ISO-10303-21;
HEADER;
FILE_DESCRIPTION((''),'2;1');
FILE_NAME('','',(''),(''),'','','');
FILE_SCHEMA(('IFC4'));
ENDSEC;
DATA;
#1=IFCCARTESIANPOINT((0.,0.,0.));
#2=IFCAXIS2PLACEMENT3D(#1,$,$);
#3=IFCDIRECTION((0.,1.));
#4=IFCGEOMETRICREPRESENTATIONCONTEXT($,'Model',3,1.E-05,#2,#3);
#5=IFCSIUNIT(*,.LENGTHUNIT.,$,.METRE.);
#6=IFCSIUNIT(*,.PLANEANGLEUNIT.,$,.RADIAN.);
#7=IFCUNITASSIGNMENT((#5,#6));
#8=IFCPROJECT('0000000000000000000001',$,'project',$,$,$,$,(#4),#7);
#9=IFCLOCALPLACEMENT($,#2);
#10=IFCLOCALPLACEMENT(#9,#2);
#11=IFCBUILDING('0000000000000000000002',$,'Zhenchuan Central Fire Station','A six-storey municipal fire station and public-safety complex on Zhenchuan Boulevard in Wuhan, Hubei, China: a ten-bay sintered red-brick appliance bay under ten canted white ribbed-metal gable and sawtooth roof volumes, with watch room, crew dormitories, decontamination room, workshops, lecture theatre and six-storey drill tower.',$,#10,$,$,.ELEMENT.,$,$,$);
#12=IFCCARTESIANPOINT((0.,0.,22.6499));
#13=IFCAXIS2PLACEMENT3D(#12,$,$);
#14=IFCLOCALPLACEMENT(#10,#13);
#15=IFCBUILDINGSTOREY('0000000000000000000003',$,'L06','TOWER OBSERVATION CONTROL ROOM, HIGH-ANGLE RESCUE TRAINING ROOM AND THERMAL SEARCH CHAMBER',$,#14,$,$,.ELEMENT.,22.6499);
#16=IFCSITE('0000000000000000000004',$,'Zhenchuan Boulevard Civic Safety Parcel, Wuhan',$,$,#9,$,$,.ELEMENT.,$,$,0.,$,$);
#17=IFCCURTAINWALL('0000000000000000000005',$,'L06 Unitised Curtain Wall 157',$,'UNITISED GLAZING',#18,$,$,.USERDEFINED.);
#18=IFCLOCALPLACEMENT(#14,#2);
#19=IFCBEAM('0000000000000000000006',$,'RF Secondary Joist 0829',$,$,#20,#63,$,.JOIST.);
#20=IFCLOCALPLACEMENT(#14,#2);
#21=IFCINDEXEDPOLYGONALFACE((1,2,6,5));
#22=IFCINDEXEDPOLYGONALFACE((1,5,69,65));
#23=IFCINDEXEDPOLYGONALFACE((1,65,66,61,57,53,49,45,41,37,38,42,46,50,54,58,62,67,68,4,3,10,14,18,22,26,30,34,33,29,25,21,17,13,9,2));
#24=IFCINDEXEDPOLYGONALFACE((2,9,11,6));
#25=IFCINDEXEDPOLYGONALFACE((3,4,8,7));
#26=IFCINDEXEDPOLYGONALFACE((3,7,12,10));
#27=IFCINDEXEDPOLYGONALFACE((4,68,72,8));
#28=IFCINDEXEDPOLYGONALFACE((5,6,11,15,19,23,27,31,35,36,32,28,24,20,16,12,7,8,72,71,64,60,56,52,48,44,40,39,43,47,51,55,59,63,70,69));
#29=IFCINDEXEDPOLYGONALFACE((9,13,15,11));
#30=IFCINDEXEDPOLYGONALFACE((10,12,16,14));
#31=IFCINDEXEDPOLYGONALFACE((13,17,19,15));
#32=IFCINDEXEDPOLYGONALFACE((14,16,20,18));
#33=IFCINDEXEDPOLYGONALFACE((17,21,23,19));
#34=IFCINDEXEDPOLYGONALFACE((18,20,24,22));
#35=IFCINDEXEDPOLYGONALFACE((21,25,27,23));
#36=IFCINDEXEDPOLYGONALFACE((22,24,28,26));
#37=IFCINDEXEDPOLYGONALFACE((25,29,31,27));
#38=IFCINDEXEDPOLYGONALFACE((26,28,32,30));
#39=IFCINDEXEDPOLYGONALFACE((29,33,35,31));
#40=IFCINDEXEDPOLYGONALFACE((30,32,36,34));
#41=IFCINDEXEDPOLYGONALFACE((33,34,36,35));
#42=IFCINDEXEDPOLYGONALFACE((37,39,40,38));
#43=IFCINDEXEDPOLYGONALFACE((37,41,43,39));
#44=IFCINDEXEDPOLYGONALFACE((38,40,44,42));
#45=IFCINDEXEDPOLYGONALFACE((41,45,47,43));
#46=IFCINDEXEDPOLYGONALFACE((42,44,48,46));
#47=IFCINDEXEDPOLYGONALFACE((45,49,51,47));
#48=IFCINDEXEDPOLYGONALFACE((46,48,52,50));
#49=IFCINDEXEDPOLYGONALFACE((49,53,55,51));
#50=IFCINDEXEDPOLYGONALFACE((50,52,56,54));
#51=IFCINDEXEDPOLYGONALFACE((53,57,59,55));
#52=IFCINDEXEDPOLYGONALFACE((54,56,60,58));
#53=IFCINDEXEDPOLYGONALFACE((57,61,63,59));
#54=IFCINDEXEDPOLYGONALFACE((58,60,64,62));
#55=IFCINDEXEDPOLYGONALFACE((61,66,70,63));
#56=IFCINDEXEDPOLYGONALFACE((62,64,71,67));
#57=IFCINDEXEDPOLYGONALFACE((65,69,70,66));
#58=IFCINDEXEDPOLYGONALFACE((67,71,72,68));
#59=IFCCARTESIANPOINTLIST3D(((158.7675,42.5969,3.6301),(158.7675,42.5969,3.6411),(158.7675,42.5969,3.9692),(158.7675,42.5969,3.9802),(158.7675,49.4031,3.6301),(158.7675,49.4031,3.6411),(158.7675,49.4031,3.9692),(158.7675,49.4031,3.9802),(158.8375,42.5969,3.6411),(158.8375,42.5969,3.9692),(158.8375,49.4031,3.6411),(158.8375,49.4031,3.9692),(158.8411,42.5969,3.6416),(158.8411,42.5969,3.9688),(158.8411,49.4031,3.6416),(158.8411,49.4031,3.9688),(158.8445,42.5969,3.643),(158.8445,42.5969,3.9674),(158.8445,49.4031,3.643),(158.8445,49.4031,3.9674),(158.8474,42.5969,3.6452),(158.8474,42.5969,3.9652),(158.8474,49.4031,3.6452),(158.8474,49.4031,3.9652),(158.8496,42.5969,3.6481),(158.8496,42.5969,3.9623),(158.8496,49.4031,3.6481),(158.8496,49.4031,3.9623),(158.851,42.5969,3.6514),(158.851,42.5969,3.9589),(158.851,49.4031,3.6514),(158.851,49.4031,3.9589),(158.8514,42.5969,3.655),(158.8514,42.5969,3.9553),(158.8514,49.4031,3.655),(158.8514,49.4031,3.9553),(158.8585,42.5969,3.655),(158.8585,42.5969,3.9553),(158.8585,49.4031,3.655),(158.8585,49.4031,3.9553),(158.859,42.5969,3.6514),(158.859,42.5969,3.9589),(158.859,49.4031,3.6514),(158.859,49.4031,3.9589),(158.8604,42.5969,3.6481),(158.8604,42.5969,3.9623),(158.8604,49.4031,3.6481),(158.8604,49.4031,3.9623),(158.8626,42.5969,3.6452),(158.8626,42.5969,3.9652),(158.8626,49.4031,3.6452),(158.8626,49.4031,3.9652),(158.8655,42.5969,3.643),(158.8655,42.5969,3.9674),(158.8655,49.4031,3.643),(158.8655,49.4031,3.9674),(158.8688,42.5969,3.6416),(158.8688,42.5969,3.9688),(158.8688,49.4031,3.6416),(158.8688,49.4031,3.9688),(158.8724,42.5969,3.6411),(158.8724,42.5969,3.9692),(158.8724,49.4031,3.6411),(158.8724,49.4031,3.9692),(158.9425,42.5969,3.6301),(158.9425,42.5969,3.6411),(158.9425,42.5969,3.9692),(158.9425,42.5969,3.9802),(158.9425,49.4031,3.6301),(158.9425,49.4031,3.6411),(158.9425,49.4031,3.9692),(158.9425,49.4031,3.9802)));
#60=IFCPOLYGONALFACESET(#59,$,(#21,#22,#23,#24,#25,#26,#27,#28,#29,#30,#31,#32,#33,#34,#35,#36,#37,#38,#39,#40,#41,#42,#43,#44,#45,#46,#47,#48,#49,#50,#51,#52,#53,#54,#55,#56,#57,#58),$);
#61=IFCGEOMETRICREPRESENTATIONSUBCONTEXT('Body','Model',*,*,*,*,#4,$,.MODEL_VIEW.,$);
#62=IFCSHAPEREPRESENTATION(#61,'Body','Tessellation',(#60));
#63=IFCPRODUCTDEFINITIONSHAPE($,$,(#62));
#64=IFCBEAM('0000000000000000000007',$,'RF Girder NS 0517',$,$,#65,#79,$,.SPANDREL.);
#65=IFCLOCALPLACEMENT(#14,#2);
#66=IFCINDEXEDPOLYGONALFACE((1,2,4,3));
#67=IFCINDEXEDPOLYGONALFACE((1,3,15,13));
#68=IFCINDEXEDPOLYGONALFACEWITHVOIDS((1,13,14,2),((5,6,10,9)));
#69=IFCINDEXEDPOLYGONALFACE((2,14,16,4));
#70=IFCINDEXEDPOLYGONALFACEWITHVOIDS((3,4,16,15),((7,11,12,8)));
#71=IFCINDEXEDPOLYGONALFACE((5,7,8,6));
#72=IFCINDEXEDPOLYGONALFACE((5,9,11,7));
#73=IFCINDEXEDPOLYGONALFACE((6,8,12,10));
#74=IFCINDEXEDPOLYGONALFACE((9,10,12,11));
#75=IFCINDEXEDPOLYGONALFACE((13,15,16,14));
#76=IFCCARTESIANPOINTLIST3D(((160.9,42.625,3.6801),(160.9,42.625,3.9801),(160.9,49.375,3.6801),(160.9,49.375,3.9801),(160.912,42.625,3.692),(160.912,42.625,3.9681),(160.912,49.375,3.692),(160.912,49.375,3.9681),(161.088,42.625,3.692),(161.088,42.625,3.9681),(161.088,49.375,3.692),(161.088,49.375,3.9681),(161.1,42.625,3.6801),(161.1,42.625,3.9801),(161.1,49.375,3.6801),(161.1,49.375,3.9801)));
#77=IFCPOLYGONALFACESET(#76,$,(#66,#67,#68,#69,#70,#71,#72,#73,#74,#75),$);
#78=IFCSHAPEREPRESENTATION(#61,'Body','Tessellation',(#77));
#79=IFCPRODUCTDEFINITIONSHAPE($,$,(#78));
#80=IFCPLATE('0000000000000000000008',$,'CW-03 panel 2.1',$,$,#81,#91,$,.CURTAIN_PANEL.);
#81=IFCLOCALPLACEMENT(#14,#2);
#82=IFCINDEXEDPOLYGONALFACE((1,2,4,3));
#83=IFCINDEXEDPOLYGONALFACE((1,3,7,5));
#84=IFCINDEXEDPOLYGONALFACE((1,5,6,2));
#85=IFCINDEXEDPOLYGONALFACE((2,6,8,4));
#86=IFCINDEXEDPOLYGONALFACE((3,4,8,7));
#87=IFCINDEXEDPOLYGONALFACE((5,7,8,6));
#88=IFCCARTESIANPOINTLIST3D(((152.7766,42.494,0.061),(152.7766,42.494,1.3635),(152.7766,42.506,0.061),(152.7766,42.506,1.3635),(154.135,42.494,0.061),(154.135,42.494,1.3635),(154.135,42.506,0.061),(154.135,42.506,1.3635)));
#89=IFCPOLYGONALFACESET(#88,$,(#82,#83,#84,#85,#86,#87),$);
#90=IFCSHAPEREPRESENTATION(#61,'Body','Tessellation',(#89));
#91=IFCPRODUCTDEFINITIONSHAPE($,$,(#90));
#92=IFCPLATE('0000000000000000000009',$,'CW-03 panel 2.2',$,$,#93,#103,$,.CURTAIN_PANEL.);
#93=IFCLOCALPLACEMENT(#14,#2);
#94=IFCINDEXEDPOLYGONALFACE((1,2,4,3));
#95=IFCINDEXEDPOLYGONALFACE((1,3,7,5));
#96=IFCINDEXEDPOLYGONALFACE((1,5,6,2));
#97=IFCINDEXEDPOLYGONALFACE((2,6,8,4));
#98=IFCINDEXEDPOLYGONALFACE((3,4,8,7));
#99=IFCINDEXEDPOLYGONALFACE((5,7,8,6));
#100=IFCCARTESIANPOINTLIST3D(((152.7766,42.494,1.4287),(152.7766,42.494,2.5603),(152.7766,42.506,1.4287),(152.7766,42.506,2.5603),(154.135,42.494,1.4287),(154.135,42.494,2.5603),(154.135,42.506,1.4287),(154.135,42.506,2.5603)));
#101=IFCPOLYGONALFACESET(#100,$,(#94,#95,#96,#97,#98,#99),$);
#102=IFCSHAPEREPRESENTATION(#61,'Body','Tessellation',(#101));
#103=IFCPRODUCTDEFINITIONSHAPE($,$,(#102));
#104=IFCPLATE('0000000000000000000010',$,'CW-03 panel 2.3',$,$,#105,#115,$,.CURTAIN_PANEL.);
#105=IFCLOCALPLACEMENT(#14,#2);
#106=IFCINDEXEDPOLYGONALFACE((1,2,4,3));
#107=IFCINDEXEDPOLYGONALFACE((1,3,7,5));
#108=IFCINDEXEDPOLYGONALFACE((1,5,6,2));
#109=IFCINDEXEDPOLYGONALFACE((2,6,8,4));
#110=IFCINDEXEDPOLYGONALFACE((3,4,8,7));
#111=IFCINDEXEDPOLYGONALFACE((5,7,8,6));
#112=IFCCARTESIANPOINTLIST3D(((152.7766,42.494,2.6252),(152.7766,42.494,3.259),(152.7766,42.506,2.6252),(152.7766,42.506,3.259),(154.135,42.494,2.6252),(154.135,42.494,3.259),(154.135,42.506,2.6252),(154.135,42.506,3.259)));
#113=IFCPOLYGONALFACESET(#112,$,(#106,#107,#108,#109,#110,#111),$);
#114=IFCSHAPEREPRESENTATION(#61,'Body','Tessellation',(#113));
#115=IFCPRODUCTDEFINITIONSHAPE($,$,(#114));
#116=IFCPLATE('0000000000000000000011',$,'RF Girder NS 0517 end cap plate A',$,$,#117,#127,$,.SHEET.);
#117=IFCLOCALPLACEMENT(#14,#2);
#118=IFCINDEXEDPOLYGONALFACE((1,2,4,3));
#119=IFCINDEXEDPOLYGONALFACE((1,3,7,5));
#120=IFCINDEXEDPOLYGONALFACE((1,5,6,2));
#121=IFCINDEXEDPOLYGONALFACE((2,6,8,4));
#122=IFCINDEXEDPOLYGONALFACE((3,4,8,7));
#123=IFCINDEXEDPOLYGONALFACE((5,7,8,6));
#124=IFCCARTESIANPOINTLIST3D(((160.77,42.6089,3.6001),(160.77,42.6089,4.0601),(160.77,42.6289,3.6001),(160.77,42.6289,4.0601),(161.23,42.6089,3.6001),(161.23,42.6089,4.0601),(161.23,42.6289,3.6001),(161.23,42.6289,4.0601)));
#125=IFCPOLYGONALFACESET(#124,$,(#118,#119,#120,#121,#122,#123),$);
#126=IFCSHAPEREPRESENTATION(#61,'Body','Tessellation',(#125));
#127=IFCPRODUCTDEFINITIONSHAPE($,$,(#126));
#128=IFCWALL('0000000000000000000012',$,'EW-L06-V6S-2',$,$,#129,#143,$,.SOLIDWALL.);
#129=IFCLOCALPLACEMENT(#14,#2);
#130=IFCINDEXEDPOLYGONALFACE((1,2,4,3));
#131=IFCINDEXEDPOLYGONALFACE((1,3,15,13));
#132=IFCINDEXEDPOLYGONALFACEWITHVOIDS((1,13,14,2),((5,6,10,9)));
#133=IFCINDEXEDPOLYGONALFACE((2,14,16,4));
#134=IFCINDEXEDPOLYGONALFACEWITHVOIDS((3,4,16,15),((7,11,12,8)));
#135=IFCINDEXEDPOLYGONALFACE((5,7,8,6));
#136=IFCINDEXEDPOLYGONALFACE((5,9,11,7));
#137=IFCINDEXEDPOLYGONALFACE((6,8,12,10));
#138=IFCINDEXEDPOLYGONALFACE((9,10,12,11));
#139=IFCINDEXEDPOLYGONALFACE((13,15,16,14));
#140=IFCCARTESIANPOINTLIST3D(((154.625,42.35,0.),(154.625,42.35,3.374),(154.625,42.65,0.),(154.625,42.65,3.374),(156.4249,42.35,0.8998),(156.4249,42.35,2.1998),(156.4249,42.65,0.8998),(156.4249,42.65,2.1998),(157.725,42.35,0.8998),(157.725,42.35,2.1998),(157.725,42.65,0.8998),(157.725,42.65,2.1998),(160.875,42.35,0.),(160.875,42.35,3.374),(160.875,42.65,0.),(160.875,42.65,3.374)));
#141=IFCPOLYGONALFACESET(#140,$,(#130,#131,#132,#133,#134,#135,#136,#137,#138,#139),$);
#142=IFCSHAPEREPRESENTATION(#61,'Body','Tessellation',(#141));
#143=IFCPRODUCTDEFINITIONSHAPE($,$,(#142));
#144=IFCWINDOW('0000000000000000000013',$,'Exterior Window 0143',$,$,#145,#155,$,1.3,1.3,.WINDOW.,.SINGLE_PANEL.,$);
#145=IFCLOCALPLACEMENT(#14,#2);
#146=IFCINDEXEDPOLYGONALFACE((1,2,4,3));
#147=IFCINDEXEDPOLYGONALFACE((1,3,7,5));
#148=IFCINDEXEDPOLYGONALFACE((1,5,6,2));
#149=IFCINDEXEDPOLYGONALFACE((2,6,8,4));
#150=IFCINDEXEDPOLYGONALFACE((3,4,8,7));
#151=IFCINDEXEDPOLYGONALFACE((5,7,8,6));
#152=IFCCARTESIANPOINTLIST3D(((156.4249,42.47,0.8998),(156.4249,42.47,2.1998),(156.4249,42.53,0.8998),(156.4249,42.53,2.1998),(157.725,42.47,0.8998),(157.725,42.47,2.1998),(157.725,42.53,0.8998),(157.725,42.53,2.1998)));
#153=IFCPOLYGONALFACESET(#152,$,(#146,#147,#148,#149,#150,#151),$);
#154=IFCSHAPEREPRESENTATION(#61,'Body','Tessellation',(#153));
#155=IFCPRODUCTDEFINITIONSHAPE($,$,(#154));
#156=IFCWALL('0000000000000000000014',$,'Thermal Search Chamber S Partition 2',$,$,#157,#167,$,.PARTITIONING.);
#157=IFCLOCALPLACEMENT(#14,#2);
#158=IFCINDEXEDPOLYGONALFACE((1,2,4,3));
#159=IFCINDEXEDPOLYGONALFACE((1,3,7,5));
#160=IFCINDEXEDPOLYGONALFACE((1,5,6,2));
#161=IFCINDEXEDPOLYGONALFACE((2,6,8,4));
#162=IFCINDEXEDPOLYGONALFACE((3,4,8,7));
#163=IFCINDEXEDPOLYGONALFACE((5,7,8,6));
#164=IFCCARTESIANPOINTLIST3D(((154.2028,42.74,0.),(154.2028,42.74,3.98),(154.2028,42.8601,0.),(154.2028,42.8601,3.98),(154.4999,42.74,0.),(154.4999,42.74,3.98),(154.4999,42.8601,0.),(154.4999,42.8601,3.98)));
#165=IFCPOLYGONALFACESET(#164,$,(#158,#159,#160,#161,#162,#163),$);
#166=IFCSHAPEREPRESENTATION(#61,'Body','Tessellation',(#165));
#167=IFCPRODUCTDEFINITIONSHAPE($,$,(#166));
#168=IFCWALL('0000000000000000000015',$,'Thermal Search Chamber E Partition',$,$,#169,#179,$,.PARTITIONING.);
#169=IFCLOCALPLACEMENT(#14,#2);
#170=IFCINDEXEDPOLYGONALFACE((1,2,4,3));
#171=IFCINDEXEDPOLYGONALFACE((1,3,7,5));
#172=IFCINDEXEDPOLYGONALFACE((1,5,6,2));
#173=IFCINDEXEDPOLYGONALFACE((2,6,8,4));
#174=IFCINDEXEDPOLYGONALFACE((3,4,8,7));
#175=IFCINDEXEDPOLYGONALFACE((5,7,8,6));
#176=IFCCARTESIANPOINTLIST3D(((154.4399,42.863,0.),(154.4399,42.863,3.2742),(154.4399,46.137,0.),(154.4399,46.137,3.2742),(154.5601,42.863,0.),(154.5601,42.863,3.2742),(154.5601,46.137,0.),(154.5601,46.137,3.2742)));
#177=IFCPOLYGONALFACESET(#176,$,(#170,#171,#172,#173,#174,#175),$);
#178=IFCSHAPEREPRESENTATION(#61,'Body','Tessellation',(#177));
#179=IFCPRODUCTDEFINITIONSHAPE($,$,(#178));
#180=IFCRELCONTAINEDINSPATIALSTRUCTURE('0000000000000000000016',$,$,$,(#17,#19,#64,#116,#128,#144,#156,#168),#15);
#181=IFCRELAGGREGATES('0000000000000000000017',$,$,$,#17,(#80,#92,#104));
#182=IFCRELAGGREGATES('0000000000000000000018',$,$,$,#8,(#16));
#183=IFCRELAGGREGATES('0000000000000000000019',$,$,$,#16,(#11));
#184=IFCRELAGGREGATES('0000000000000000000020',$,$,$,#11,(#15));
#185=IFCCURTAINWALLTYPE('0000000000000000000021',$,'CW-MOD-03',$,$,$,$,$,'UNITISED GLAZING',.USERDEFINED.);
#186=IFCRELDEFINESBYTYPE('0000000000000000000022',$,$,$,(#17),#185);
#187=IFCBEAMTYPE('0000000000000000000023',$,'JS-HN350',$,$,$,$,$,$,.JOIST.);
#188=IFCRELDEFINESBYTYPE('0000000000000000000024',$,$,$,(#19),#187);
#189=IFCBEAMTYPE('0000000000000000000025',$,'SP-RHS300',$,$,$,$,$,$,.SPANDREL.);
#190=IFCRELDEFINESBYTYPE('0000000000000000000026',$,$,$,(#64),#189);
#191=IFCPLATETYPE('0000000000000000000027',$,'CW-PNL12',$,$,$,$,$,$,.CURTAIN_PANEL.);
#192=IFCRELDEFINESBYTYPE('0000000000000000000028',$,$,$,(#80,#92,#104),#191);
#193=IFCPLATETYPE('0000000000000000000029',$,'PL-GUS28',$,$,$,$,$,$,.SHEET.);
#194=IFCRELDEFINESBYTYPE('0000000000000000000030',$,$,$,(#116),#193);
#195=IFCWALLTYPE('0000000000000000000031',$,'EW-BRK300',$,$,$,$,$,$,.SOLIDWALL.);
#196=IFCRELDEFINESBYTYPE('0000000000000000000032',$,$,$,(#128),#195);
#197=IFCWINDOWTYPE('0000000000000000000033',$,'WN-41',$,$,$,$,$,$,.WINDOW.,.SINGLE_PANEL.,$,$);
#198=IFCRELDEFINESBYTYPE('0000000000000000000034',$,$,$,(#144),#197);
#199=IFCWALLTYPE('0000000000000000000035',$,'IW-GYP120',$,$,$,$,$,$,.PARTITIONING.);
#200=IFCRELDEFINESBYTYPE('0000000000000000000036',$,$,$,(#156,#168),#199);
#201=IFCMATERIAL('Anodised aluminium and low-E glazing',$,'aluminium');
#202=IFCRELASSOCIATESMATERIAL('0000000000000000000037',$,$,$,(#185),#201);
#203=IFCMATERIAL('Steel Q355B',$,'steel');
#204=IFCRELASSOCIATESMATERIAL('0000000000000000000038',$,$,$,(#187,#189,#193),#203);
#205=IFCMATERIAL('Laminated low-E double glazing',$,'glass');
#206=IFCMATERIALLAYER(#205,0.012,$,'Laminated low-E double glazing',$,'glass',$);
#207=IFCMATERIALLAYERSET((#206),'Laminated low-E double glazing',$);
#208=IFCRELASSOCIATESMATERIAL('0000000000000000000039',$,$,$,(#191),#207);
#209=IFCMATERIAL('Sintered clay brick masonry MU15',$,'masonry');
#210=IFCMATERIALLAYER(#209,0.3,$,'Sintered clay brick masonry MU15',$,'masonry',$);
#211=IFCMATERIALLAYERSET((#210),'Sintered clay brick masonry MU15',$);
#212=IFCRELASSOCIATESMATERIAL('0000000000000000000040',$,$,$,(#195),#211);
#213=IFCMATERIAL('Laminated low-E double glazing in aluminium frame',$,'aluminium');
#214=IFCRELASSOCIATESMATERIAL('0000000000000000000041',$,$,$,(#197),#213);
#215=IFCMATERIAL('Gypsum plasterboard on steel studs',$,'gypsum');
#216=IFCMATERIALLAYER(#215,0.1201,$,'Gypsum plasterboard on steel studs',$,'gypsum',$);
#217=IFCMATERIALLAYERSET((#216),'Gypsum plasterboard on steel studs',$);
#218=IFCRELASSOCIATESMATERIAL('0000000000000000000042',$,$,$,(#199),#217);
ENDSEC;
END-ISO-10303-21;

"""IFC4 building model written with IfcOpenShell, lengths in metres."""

from ifc_helpers import new_model, si_unit, direction, frame, frame_2d, origin, origin_2d, place, context, subcontext, project, spatial, rectangle, hollow_rectangle, i_section, extrude, material, layer, layer_set, material_profile, profile_set, type_object, element, fill, aggregate, save


model = new_model("IFC4")

# Units and contexts
model_context = context("Model", 3, precision=1e-05, world=origin(), true_north=direction((0.0, 1.0)))
body_context = subcontext(model_context, "Body", "Model", "MODEL_VIEW")
ifc_project = project(units=[si_unit("LENGTHUNIT", "METRE"), si_unit("PLANEANGLEUNIT", "RADIAN")], contexts=[model_context])

# Site, building, storey
site_placement = place(None, origin())
site = spatial("IfcSite", under=ifc_project, at=site_placement, Name="Zhenchuan Boulevard Civic Safety Parcel, Wuhan", CompositionType="ELEMENT", RefElevation=0.0)
building_placement = place(site_placement, origin())
building = spatial("IfcBuilding", under=site, at=building_placement, Name="Zhenchuan Central Fire Station", Description="A six-storey municipal fire station and public-safety complex on Zhenchuan Boulevard in Wuhan, Hubei, China: a ten-bay sintered red-brick appliance bay under ten canted white ribbed-metal gable and sawtooth roof volumes, with watch room, crew dormitories, decontamination room, workshops, lecture theatre and six-storey drill tower.", CompositionType="ELEMENT")
storey_placement = place(building_placement, frame((0.0, 0.0, 22.6499)))
storey = spatial("IfcBuildingStorey", under=building, at=storey_placement, Name="L06", Description="TOWER OBSERVATION CONTROL ROOM, HIGH-ANGLE RESCUE TRAINING ROOM AND THERMAL SEARCH CHAMBER", CompositionType="ELEMENT", Elevation=22.6499)

# Shared definitions
ifc_material_1 = material(Name="Steel Q355B", Category="steel")

# Curtain wall
ifc_material_2 = material(Name="Anodised aluminium and low-E glazing", Category="aluminium")
curtain_wall_type_1 = type_object("IfcCurtainWallType", Name="CW-MOD-03", ElementType="UNITISED GLAZING", PredefinedType="USERDEFINED", material=ifc_material_2)
curtain_wall_1_placement = place(storey_placement, origin())
curtain_wall_1 = element("IfcCurtainWall", 1, at=curtain_wall_1_placement, inside=storey, type_object=curtain_wall_type_1, Name="L06 Unitised Curtain Wall 157", ObjectType="UNITISED GLAZING", PredefinedType="USERDEFINED")

# Beams
ifc_material_profile_1 = material_profile(ifc_material_1, i_section(OverallWidth=0.175, OverallDepth=0.3501, WebThickness=0.0071, FlangeThickness=0.011, FilletRadius=0.0139, at=origin_2d()), Name="HN 350x175")
ifc_profile_set_1 = profile_set([ifc_material_profile_1], Name="Steel Q355B")
beam_type_1 = type_object("IfcBeamType", Name="JS-HN350", PredefinedType="JOIST", material=ifc_profile_set_1)
beam_1_placement = place(storey_placement, frame((158.855, 42.5969, 3.8052), z_axis=(0.0, 1.0, 0.0), x_axis=(-1.0, 0.0, 0.0)))
element("IfcBeam", 2, at=beam_1_placement, inside=storey, type_object=beam_type_1, Name="RF Secondary Joist 0829", PredefinedType="JOIST", context=body_context, shape_type="SweptSolid", body=[
    extrude(i_section(OverallWidth=0.175, OverallDepth=0.3501, WebThickness=0.0071, FlangeThickness=0.011, FilletRadius=0.0139, at=origin_2d()), origin(), (0.0, 0.0, 1.0), 6.8062),
])
ifc_material_profile_2 = material_profile(ifc_material_1, hollow_rectangle(XDim=0.2, YDim=0.3, WallThickness=0.012, at=origin_2d()), Name="RHS 300x200x12")
ifc_profile_set_2 = profile_set([ifc_material_profile_2], Name="Steel Q355B")
beam_type_2 = type_object("IfcBeamType", Name="SP-RHS300", PredefinedType="SPANDREL", material=ifc_profile_set_2)
beam_2_placement = place(storey_placement, frame((161.0, 42.625, 3.8301), z_axis=(0.0, 1.0, 0.0), x_axis=(-1.0, 0.0, 0.0)))
element("IfcBeam", 3, at=beam_2_placement, inside=storey, type_object=beam_type_2, Name="RF Girder NS 0517", PredefinedType="SPANDREL", context=body_context, shape_type="SweptSolid", body=[
    extrude(hollow_rectangle(XDim=0.2, YDim=0.3, WallThickness=0.012, at=origin_2d()), origin(), (0.0, 0.0, 1.0), 6.75),
])

# Plates
ifc_material_3 = material(Name="Laminated low-E double glazing", Category="glass")
ifc_layer_1 = layer(ifc_material_3, 0.012, Name="Laminated low-E double glazing", Category="glass")
ifc_layer_set_1 = layer_set([ifc_layer_1], Name="Laminated low-E double glazing")
plate_type_1 = type_object("IfcPlateType", Name="CW-PNL12", PredefinedType="CURTAIN_PANEL", material=ifc_layer_set_1)
plate_1_placement = place(storey_placement, frame((153.4558, 42.5, 0.061), z_axis=(0.0, 0.0, 1.0), x_axis=(1.0, 0.0, 0.0)))
plate_1 = element("IfcPlate", 4, at=plate_1_placement, type_object=plate_type_1, Name="CW-03 panel 2.1", PredefinedType="CURTAIN_PANEL", context=body_context, shape_type="SweptSolid", body=[
    extrude(rectangle(XDim=1.3584, YDim=0.012, at=origin_2d()), origin(), (0.0, 0.0, 1.0), 1.3025),
])
plate_2_placement = place(storey_placement, frame((153.4558, 42.5, 1.4287), z_axis=(0.0, 0.0, 1.0), x_axis=(1.0, 0.0, 0.0)))
plate_2 = element("IfcPlate", 5, at=plate_2_placement, type_object=plate_type_1, Name="CW-03 panel 2.2", PredefinedType="CURTAIN_PANEL", context=body_context, shape_type="SweptSolid", body=[
    extrude(rectangle(XDim=1.3584, YDim=0.012, at=origin_2d()), origin(), (0.0, 0.0, 1.0), 1.1316),
])
plate_3_placement = place(storey_placement, frame((153.4558, 42.5, 2.6252), z_axis=(0.0, 0.0, 1.0), x_axis=(1.0, 0.0, 0.0)))
plate_3 = element("IfcPlate", 6, at=plate_3_placement, type_object=plate_type_1, Name="CW-03 panel 2.3", PredefinedType="CURTAIN_PANEL", context=body_context, shape_type="SweptSolid", body=[
    extrude(rectangle(XDim=1.3584, YDim=0.012, at=origin_2d()), origin(), (0.0, 0.0, 1.0), 0.6338),
])
aggregate(curtain_wall_1, [plate_1, plate_2, plate_3])
ifc_material_profile_3 = material_profile(ifc_material_1, rectangle(XDim=0.46, YDim=0.46, at=origin_2d()), Name="PL 460x460x28")
ifc_profile_set_3 = profile_set([ifc_material_profile_3], Name="Steel Q355B")
plate_type_2 = type_object("IfcPlateType", Name="PL-GUS28", PredefinedType="SHEET", material=ifc_profile_set_3)
plate_4_placement = place(storey_placement, frame((161.0, 42.6089, 3.8301), z_axis=(0.0, 1.0, 0.0), x_axis=(-1.0, 0.0, 0.0)))
element("IfcPlate", 7, at=plate_4_placement, inside=storey, type_object=plate_type_2, Name="RF Girder NS 0517 end cap plate A", PredefinedType="SHEET", context=body_context, shape_type="SweptSolid", body=[
    extrude(rectangle(XDim=0.46, YDim=0.46, at=origin_2d()), origin(), (0.0, 0.0, 1.0), 0.02),
])

# Wall, opening, window
ifc_material_4 = material(Name="Sintered clay brick masonry MU15", Category="masonry")
ifc_layer_2 = layer(ifc_material_4, 0.3, Name="Sintered clay brick masonry MU15", Category="masonry")
ifc_layer_set_2 = layer_set([ifc_layer_2], Name="Sintered clay brick masonry MU15")
wall_type_1 = type_object("IfcWallType", Name="EW-BRK300", PredefinedType="SOLIDWALL", material=ifc_layer_set_2)
wall_1_placement = place(storey_placement, frame((154.625, 42.5, 0.0), z_axis=(0.0, 0.0, 1.0), x_axis=(1.0, 0.0, 0.0)))
wall_1 = element("IfcWall", 8, at=wall_1_placement, inside=storey, type_object=wall_type_1, Name="EW-L06-V6S-2", PredefinedType="SOLIDWALL", context=body_context, shape_type="SweptSolid", body=[
    extrude(rectangle(XDim=6.25, YDim=0.3, at=frame_2d((3.125, 0.0))), origin(), (0.0, 0.0, 1.0), 3.374),
])
opening_placement = place(wall_1_placement, frame((1.8, 0.0, 0.8999)))
opening = element("IfcOpeningElement", 9, at=opening_placement, cuts=wall_1, PredefinedType="OPENING", context=body_context, shape_type="SweptSolid", body=[
    extrude(rectangle(XDim=1.3, YDim=1.3, at=frame_2d((0.6499, 0.6499))), frame((0.0, 0.1599, 0.0), z_axis=(0.0, -1.0, 0.0), x_axis=(1.0, 0.0, 0.0)), (0.0, 0.0, 1.0), 0.3201),
])
ifc_material_5 = material(Name="Laminated low-E double glazing in aluminium frame", Category="aluminium")
window_type = type_object("IfcWindowType", Name="WN-41", PartitioningType="SINGLE_PANEL", PredefinedType="WINDOW", material=ifc_material_5)
window_placement = place(opening_placement, origin())
window = element("IfcWindow", 10, at=window_placement, inside=storey, type_object=window_type, Name="Exterior Window 0143", OverallHeight=1.3, OverallWidth=1.3, PartitioningType="SINGLE_PANEL", PredefinedType="WINDOW", context=body_context, shape_type="SweptSolid", body=[
    extrude(rectangle(XDim=1.3, YDim=1.3, at=frame_2d((0.6499, 0.6499))), frame((0.0, 0.03, 0.0), z_axis=(0.0, -1.0, 0.0), x_axis=(1.0, 0.0, 0.0)), (0.0, 0.0, 1.0), 0.0601),
])
fill(opening, window)

# Walls
ifc_material_6 = material(Name="Gypsum plasterboard on steel studs", Category="gypsum")
ifc_layer_3 = layer(ifc_material_6, 0.1201, Name="Gypsum plasterboard on steel studs", Category="gypsum")
ifc_layer_set_3 = layer_set([ifc_layer_3], Name="Gypsum plasterboard on steel studs")
wall_type_2 = type_object("IfcWallType", Name="IW-GYP120", PredefinedType="PARTITIONING", material=ifc_layer_set_3)
wall_2_placement = place(storey_placement, frame((154.2029, 42.8, 0.0), z_axis=(0.0, 0.0, 1.0), x_axis=(1.0, 0.0, 0.0)))
element("IfcWall", 11, at=wall_2_placement, inside=storey, type_object=wall_type_2, Name="Thermal Search Chamber S Partition 2", PredefinedType="PARTITIONING", context=body_context, shape_type="SweptSolid", body=[
    extrude(rectangle(XDim=0.2971, YDim=0.1201, at=frame_2d((0.1484, 0.0))), origin(), (0.0, 0.0, 1.0), 3.98),
])
wall_3_placement = place(storey_placement, frame((154.5, 42.863, 0.0), z_axis=(0.0, 0.0, 1.0), x_axis=(0.0, 1.0, 0.0)))
element("IfcWall", 12, at=wall_3_placement, inside=storey, type_object=wall_type_2, Name="Thermal Search Chamber E Partition", PredefinedType="PARTITIONING", context=body_context, shape_type="SweptSolid", body=[
    extrude(rectangle(XDim=3.2739, YDim=0.1201, at=frame_2d((1.637, 0.0))), origin(), (0.0, 0.0, 1.0), 3.2742),
])

save(model, "model.ifc")
